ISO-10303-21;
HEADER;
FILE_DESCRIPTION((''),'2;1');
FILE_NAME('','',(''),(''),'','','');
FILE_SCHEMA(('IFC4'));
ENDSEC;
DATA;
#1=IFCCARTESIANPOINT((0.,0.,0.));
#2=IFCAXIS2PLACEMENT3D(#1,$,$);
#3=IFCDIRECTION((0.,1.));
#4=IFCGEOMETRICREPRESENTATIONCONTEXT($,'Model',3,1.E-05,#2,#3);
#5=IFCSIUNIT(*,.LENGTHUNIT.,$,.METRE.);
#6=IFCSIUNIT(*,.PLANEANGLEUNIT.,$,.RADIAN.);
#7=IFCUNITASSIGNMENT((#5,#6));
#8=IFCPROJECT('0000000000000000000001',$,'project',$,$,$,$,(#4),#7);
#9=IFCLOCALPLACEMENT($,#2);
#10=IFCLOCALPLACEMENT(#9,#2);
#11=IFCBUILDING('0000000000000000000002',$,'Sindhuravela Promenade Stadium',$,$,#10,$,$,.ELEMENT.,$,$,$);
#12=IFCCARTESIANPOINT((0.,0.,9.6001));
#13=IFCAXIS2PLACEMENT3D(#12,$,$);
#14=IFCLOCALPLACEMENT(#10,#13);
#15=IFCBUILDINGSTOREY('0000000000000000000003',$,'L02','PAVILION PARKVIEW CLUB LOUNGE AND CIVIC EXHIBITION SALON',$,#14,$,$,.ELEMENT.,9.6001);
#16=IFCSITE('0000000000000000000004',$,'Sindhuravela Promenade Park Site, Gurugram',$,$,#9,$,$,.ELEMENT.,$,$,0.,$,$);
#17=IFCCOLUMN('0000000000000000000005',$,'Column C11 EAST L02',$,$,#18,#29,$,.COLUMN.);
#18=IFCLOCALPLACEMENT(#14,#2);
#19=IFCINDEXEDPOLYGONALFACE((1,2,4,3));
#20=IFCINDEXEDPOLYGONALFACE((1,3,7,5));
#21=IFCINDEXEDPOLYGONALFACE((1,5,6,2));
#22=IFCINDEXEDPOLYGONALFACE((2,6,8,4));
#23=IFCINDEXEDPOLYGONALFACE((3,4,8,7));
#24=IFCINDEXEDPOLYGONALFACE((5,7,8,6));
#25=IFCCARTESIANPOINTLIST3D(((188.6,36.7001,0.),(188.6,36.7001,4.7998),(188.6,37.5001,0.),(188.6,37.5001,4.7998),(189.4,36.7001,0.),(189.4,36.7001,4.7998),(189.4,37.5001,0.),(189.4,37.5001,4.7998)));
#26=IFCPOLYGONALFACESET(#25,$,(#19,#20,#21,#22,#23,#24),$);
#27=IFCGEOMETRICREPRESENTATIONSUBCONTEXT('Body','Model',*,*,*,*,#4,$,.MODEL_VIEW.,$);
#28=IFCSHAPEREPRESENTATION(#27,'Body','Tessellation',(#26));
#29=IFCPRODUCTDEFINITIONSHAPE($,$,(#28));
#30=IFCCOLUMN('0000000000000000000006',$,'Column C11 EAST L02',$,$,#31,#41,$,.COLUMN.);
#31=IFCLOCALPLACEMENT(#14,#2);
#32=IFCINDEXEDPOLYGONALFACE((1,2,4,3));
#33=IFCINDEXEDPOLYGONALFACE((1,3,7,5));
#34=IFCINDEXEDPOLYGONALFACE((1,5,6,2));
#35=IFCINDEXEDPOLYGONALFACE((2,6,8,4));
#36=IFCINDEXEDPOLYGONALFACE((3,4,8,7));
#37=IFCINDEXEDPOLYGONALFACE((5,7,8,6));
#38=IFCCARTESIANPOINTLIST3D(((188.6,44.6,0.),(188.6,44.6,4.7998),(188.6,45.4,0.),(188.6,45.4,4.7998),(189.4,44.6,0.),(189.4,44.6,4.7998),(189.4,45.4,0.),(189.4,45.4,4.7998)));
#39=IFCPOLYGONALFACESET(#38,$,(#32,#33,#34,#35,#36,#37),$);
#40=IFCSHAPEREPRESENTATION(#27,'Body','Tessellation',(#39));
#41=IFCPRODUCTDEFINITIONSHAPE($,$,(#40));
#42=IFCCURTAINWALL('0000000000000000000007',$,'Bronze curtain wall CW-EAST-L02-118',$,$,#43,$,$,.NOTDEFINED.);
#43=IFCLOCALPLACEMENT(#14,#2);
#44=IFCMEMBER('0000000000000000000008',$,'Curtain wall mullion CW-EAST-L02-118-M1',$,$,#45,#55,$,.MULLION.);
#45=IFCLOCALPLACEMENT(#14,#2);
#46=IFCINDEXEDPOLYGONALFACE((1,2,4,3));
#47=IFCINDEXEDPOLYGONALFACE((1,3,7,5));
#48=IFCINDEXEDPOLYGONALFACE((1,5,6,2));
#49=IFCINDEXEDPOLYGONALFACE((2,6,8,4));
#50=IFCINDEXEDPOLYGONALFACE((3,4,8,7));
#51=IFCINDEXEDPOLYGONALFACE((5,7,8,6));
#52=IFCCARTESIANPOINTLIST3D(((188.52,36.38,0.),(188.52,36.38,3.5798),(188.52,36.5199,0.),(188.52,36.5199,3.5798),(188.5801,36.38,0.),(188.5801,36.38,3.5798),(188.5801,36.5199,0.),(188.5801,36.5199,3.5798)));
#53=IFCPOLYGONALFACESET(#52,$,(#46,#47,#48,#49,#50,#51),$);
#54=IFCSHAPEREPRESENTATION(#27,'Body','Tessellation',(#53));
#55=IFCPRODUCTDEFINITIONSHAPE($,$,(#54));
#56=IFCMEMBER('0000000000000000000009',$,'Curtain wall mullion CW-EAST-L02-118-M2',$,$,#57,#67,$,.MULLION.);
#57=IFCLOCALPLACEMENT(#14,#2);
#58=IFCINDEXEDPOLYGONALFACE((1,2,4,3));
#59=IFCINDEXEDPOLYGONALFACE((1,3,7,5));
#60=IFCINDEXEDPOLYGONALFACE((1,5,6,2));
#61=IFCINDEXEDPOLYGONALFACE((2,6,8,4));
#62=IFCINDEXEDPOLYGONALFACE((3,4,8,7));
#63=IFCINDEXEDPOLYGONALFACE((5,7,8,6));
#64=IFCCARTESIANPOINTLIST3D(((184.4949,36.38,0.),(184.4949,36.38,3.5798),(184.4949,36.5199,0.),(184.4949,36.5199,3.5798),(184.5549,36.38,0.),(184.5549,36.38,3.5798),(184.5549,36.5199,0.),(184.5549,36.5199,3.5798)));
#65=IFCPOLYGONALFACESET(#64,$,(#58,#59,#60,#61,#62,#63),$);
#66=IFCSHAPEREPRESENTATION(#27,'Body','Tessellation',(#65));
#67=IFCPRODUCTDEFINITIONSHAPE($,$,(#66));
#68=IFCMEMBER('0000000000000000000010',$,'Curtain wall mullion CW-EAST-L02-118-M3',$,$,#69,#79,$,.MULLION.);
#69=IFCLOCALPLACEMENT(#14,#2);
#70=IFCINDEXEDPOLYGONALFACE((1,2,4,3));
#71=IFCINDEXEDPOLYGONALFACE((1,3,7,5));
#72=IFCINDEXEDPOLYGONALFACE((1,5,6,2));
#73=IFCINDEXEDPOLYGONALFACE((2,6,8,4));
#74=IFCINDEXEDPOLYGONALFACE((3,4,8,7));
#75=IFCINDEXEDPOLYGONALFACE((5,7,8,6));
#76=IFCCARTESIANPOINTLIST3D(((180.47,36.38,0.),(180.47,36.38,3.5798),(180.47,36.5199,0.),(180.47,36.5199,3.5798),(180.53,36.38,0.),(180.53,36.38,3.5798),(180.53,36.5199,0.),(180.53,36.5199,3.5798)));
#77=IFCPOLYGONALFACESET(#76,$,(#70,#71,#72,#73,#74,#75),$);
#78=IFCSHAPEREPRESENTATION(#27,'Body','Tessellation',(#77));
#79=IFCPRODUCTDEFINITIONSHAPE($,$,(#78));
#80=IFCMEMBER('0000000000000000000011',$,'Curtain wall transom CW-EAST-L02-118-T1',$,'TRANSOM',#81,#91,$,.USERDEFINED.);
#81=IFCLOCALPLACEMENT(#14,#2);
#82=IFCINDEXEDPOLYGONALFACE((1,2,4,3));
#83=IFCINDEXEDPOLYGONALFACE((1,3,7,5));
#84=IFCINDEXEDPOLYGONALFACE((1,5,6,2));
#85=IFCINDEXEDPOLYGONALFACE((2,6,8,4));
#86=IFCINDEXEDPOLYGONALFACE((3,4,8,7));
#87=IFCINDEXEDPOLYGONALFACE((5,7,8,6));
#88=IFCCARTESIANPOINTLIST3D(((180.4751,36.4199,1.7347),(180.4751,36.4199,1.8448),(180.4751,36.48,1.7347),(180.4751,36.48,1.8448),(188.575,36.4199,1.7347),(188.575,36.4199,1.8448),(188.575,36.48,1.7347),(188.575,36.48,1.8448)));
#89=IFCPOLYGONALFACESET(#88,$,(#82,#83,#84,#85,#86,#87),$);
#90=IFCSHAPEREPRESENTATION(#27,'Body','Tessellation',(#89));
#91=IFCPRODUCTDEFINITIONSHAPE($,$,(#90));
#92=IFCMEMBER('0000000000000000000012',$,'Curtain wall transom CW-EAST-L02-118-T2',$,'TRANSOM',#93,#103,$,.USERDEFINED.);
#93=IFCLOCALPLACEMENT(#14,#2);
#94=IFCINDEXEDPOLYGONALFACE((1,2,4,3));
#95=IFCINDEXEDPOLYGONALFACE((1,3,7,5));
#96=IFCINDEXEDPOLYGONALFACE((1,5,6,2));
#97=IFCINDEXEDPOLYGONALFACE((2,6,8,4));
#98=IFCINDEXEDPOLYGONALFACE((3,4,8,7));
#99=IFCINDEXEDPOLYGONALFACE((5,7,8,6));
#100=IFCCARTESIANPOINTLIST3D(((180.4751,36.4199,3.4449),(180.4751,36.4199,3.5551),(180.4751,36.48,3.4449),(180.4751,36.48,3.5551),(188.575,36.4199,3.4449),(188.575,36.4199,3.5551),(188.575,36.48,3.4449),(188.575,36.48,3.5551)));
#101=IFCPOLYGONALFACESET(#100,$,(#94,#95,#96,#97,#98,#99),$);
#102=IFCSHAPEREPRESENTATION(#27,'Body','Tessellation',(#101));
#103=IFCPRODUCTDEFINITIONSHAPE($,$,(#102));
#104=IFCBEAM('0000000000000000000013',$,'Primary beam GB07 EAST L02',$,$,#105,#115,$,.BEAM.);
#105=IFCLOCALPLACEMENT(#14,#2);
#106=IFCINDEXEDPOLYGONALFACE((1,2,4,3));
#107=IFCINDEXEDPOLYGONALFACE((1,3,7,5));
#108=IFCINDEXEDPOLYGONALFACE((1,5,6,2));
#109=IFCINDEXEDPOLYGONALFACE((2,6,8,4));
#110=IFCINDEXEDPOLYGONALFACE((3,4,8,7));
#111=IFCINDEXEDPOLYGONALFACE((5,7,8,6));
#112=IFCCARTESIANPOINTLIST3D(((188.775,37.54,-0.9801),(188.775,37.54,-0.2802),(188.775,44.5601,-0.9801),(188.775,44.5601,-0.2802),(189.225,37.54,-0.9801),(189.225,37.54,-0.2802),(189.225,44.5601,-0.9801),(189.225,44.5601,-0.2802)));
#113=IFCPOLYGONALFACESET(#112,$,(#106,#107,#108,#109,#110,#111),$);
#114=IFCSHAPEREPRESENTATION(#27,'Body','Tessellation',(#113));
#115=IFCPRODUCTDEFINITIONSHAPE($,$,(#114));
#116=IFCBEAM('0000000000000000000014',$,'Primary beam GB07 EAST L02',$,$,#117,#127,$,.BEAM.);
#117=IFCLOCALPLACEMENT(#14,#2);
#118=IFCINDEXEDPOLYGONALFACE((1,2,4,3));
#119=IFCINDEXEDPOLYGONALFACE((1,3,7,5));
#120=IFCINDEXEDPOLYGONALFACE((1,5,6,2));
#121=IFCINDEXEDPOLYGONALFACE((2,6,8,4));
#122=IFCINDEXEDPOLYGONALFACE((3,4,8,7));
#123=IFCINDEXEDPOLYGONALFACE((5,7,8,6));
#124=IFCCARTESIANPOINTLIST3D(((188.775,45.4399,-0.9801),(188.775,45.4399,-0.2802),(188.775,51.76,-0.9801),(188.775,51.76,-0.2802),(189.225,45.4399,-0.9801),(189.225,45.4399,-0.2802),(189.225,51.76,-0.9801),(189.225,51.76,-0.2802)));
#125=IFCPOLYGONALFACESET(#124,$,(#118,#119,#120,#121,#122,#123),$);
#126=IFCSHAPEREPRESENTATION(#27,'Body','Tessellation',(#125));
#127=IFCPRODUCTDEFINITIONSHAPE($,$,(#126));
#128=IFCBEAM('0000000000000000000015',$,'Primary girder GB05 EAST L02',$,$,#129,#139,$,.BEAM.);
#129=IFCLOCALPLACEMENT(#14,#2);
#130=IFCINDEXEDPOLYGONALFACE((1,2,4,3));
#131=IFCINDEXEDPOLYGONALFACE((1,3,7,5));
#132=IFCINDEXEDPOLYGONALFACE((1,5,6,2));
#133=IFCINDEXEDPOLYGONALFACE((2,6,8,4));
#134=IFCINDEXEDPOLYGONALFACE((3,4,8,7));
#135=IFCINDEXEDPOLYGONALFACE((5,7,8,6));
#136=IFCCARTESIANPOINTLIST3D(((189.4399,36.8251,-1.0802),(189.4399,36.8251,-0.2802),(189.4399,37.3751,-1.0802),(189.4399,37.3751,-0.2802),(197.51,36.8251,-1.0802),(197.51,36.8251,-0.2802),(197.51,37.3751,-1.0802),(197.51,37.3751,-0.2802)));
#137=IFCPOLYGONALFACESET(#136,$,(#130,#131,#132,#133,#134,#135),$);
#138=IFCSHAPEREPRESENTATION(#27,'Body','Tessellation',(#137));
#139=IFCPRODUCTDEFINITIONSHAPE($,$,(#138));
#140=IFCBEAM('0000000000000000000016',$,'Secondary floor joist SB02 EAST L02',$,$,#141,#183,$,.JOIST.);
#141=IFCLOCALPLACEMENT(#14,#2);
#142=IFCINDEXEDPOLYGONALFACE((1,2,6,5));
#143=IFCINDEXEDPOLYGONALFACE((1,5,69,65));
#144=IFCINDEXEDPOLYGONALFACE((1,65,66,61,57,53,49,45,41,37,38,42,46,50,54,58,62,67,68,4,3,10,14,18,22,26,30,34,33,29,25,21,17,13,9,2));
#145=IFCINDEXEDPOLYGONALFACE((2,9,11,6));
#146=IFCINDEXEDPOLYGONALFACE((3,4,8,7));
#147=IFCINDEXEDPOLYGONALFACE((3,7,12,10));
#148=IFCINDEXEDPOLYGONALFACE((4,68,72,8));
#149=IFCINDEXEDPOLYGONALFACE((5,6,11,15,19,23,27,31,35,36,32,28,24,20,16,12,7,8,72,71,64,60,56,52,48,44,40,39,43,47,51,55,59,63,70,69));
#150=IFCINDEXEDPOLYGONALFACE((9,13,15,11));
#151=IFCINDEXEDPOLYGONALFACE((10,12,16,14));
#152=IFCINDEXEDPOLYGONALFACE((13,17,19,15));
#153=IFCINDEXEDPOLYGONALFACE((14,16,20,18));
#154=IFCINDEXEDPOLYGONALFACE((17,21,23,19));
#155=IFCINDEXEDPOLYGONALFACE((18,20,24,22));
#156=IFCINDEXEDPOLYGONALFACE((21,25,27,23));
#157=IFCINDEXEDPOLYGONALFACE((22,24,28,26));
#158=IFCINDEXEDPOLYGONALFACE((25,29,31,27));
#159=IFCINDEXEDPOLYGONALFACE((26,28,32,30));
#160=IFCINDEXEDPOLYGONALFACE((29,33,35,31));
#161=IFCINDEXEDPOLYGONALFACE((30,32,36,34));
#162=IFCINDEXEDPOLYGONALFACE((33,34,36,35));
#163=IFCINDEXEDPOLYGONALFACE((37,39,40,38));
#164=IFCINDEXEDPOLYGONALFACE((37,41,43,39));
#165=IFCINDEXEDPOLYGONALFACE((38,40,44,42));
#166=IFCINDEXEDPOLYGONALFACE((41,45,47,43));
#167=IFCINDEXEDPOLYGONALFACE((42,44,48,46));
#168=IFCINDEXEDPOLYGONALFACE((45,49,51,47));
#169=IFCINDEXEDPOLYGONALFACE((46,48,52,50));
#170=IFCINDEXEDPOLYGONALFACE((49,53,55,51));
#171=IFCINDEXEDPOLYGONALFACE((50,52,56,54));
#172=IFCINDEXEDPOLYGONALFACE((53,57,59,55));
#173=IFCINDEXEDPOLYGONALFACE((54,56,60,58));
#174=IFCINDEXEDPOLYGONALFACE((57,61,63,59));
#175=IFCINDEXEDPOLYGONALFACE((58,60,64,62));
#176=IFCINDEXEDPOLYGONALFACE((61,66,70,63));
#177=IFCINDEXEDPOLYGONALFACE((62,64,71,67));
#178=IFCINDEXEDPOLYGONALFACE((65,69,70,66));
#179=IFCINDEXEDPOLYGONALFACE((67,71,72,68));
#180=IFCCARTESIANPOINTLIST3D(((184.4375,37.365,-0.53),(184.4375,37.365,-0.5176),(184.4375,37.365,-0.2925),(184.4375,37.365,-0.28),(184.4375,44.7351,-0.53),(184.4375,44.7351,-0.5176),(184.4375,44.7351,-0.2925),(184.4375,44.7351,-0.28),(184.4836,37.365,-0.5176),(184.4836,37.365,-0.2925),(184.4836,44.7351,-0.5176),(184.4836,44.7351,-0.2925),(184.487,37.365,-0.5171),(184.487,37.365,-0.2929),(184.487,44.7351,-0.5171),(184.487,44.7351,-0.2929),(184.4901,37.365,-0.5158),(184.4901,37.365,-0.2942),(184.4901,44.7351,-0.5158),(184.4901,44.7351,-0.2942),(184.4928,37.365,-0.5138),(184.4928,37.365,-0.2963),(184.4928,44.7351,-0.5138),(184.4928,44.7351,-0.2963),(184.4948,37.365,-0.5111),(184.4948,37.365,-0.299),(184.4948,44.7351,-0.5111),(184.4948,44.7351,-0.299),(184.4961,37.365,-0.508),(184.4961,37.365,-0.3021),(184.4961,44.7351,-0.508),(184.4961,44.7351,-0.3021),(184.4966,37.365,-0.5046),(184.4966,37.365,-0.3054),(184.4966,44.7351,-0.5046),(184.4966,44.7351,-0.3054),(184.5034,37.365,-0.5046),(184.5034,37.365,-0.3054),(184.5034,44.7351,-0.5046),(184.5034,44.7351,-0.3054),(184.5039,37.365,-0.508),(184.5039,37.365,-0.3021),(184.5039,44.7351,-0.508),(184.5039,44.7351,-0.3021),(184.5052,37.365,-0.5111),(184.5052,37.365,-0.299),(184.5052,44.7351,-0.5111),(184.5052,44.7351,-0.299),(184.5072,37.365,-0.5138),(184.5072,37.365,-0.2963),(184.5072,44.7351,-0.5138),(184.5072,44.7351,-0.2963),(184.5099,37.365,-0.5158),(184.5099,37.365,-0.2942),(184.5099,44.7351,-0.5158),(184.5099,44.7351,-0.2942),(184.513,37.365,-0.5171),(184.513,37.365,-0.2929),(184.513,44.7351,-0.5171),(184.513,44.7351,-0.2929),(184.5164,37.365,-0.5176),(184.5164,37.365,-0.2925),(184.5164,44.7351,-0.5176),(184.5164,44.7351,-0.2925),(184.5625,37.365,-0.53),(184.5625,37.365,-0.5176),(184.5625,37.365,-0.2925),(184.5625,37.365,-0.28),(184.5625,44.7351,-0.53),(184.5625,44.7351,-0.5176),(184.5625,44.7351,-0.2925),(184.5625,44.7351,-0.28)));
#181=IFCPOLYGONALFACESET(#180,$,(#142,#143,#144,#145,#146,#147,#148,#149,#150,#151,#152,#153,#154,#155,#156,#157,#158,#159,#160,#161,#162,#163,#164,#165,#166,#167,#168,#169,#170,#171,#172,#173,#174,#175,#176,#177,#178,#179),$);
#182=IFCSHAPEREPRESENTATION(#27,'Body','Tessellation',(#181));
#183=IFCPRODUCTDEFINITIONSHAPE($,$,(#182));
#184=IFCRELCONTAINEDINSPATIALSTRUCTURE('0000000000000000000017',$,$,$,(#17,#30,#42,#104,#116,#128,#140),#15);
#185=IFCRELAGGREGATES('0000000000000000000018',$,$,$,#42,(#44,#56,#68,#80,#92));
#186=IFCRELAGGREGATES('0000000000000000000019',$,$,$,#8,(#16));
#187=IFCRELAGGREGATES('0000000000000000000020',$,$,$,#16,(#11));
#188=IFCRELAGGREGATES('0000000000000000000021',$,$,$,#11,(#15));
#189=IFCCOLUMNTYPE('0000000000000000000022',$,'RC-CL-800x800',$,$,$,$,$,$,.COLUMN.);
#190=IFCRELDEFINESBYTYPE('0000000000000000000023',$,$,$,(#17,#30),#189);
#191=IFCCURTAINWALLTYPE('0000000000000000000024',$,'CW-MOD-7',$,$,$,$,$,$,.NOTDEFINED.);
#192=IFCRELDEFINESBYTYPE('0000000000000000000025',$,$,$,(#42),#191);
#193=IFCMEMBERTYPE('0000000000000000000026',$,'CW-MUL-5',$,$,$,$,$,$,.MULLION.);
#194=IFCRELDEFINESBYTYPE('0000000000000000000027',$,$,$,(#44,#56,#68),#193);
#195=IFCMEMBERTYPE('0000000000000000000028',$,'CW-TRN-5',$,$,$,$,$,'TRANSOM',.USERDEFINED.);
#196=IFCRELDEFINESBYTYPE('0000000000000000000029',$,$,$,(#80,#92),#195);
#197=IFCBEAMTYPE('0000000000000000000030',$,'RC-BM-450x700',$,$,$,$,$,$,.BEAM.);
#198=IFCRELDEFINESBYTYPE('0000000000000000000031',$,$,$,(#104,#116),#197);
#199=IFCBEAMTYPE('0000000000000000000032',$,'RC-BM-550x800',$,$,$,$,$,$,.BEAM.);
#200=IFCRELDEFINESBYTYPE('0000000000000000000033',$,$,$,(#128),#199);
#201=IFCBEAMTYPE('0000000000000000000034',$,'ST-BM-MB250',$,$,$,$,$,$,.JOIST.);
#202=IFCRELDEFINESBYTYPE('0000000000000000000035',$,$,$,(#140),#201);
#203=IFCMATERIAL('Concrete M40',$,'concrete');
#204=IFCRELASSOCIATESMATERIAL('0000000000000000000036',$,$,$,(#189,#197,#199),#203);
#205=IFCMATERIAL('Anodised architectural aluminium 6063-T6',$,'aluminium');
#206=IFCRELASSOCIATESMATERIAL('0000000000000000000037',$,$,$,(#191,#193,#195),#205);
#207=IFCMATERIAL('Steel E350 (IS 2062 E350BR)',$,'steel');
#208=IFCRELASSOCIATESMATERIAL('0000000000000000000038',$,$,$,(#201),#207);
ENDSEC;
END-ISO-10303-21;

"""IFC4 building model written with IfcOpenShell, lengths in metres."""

from ifc_helpers import new_model, si_unit, direction, frame, origin, origin_2d, place, context, subcontext, project, spatial, rectangle, i_section, extrude, material, material_profile, profile_set, type_object, element, aggregate, save


model = new_model("IFC4")

# Units and contexts
model_context = context("Model", 3, precision=1e-05, world=origin(), true_north=direction((0.0, 1.0)))
body_context = subcontext(model_context, "Body", "Model", "MODEL_VIEW")
ifc_project = project(units=[si_unit("LENGTHUNIT", "METRE"), si_unit("PLANEANGLEUNIT", "RADIAN")], contexts=[model_context])

# Site, building, storey
site_placement = place(None, origin())
site = spatial("IfcSite", under=ifc_project, at=site_placement, Name="Sindhuravela Promenade Park Site, Gurugram", CompositionType="ELEMENT", RefElevation=0.0)
building_placement = place(site_placement, origin())
building = spatial("IfcBuilding", under=site, at=building_placement, Name="Sindhuravela Promenade Stadium", CompositionType="ELEMENT")
storey_placement = place(building_placement, frame((0.0, 0.0, 9.6001)))
storey = spatial("IfcBuildingStorey", under=building, at=storey_placement, Name="L02", Description="PAVILION PARKVIEW CLUB LOUNGE AND CIVIC EXHIBITION SALON", CompositionType="ELEMENT", Elevation=9.6001)

# Columns
ifc_material_1 = material(Name="Concrete M40", Category="concrete")
ifc_material_profile_1 = material_profile(ifc_material_1, rectangle(XDim=0.8, YDim=0.8, at=origin_2d()), Name="RC 800x800")
ifc_profile_set_1 = profile_set([ifc_material_profile_1], Name="Concrete M40")
column_type = type_object("IfcColumnType", Name="RC-CL-800x800", PredefinedType="COLUMN", material=ifc_profile_set_1)
for number, where, z_axis, x_axis, name in (
    (1, (189.0, 37.1001, 0.0), (0.0, 0.0, 1.0), (1.0, 0.0, 0.0), "Column C11 EAST L02"),
    (2, (189.0, 45.0, 0.0), (0.0, 0.0, 1.0), (1.0, 0.0, 0.0), "Column C11 EAST L02"),
):
    element("IfcColumn", number, at=place(storey_placement, frame(where, z_axis=z_axis, x_axis=x_axis)), inside=storey, type_object=column_type, Name=name, PredefinedType="COLUMN", context=body_context, shape_type="SweptSolid", body=[
        extrude(rectangle(XDim=0.8, YDim=0.8, at=origin_2d()), origin(), (0.0, 0.0, 1.0), 4.7998),
    ])

# Curtain wall, members
ifc_material_2 = material(Name="Anodised architectural aluminium 6063-T6", Category="aluminium")
curtain_wall_type = type_object("IfcCurtainWallType", Name="CW-MOD-7", PredefinedType="NOTDEFINED", material=ifc_material_2)
curtain_wall_placement = place(storey_placement, origin())
curtain_wall = element("IfcCurtainWall", 3, at=curtain_wall_placement, inside=storey, type_object=curtain_wall_type, Name="Bronze curtain wall CW-EAST-L02-118", PredefinedType="NOTDEFINED")
ifc_material_profile_2 = material_profile(ifc_material_2, rectangle(XDim=0.0601, YDim=0.1399, at=origin_2d()), Name="ALU M60x140")
ifc_profile_set_2 = profile_set([ifc_material_profile_2], Name="Anodised architectural aluminium 6063-T6")
member_type_1 = type_object("IfcMemberType", Name="CW-MUL-5", PredefinedType="MULLION", material=ifc_profile_set_2)
member_1_placement = place(storey_placement, frame((188.55, 36.45, 0.0), z_axis=(0.0, 0.0, 1.0), x_axis=(1.0, 0.0, 0.0)))
member_1 = element("IfcMember", 4, at=member_1_placement, type_object=member_type_1, Name="Curtain wall mullion CW-EAST-L02-118-M1", PredefinedType="MULLION", context=body_context, shape_type="SweptSolid", body=[
    extrude(rectangle(XDim=0.0601, YDim=0.1399, at=origin_2d()), origin(), (0.0, 0.0, 1.0), 3.5798),
])
member_2_placement = place(storey_placement, frame((184.5249, 36.45, 0.0), z_axis=(0.0, 0.0, 1.0), x_axis=(1.0, 0.0, 0.0)))
member_2 = element("IfcMember", 5, at=member_2_placement, type_object=member_type_1, Name="Curtain wall mullion CW-EAST-L02-118-M2", PredefinedType="MULLION", context=body_context, shape_type="SweptSolid", body=[
    extrude(rectangle(XDim=0.0601, YDim=0.1399, at=origin_2d()), origin(), (0.0, 0.0, 1.0), 3.5798),
])
member_3_placement = place(storey_placement, frame((180.5, 36.45, 0.0), z_axis=(0.0, 0.0, 1.0), x_axis=(1.0, 0.0, 0.0)))
member_3 = element("IfcMember", 6, at=member_3_placement, type_object=member_type_1, Name="Curtain wall mullion CW-EAST-L02-118-M3", PredefinedType="MULLION", context=body_context, shape_type="SweptSolid", body=[
    extrude(rectangle(XDim=0.0601, YDim=0.1399, at=origin_2d()), origin(), (0.0, 0.0, 1.0), 3.5798),
])
ifc_material_profile_3 = material_profile(ifc_material_2, rectangle(XDim=0.0601, YDim=0.1101, at=origin_2d()), Name="ALU T60x110")
ifc_profile_set_3 = profile_set([ifc_material_profile_3], Name="Anodised architectural aluminium 6063-T6")
member_type_2 = type_object("IfcMemberType", Name="CW-TRN-5", ElementType="TRANSOM", PredefinedType="USERDEFINED", material=ifc_profile_set_3)
member_4_placement = place(storey_placement, frame((188.575, 36.45, 1.7898), z_axis=(-1.0, 0.0, 0.0), x_axis=(0.0, -1.0, 0.0)))
member_4 = element("IfcMember", 7, at=member_4_placement, type_object=member_type_2, Name="Curtain wall transom CW-EAST-L02-118-T1", ObjectType="TRANSOM", PredefinedType="USERDEFINED", context=body_context, shape_type="SweptSolid", body=[
    extrude(rectangle(XDim=0.0601, YDim=0.1101, at=origin_2d()), origin(), (0.0, 0.0, 1.0), 8.0999),
])
member_5_placement = place(storey_placement, frame((188.575, 36.45, 3.5), z_axis=(-1.0, 0.0, 0.0), x_axis=(0.0, -1.0, 0.0)))
member_5 = element("IfcMember", 8, at=member_5_placement, type_object=member_type_2, Name="Curtain wall transom CW-EAST-L02-118-T2", ObjectType="TRANSOM", PredefinedType="USERDEFINED", context=body_context, shape_type="SweptSolid", body=[
    extrude(rectangle(XDim=0.0601, YDim=0.1101, at=origin_2d()), origin(), (0.0, 0.0, 1.0), 8.0999),
])

# Beams
ifc_material_profile_4 = material_profile(ifc_material_1, rectangle(XDim=0.45, YDim=0.7, at=origin_2d()), Name="RC 450x700")
ifc_profile_set_4 = profile_set([ifc_material_profile_4], Name="Concrete M40")
beam_type_1 = type_object("IfcBeamType", Name="RC-BM-450x700", PredefinedType="BEAM", material=ifc_profile_set_4)
beam_1_placement = place(storey_placement, frame((189.0, 37.54, -0.6301), z_axis=(0.0, 1.0, 0.0), x_axis=(-1.0, 0.0, 0.0)))
element("IfcBeam", 9, at=beam_1_placement, inside=storey, type_object=beam_type_1, Name="Primary beam GB07 EAST L02", PredefinedType="BEAM", context=body_context, shape_type="SweptSolid", body=[
    extrude(rectangle(XDim=0.45, YDim=0.7, at=origin_2d()), origin(), (0.0, 0.0, 1.0), 7.02),
])
beam_2_placement = place(storey_placement, frame((189.0, 45.4399, -0.6301), z_axis=(0.0, 1.0, 0.0), x_axis=(-1.0, 0.0, 0.0)))
element("IfcBeam", 10, at=beam_2_placement, inside=storey, type_object=beam_type_1, Name="Primary beam GB07 EAST L02", PredefinedType="BEAM", context=body_context, shape_type="SweptSolid", body=[
    extrude(rectangle(XDim=0.45, YDim=0.7, at=origin_2d()), origin(), (0.0, 0.0, 1.0), 6.3201),
])
ifc_material_profile_5 = material_profile(ifc_material_1, rectangle(XDim=0.55, YDim=0.8, at=origin_2d()), Name="RC 550x800")
ifc_profile_set_5 = profile_set([ifc_material_profile_5], Name="Concrete M40")
beam_type_2 = type_object("IfcBeamType", Name="RC-BM-550x800", PredefinedType="BEAM", material=ifc_profile_set_5)
beam_3_placement = place(storey_placement, frame((189.4399, 37.1001, -0.6802), z_axis=(1.0, 0.0, 0.0), x_axis=(0.0, 1.0, 0.0)))
element("IfcBeam", 11, at=beam_3_placement, inside=storey, type_object=beam_type_2, Name="Primary girder GB05 EAST L02", PredefinedType="BEAM", context=body_context, shape_type="SweptSolid", body=[
    extrude(rectangle(XDim=0.55, YDim=0.8, at=origin_2d()), origin(), (0.0, 0.0, 1.0), 8.0701),
])
ifc_material_3 = material(Name="Steel E350 (IS 2062 E350BR)", Category="steel")
ifc_material_profile_6 = material_profile(ifc_material_3, i_section(OverallWidth=0.125, OverallDepth=0.25, WebThickness=0.0068, FlangeThickness=0.0125, FilletRadius=0.0129, at=origin_2d()), Name="ISMB 250")
ifc_profile_set_6 = profile_set([ifc_material_profile_6], Name="Steel E350 (IS 2062 E350BR)")
beam_type_3 = type_object("IfcBeamType", Name="ST-BM-MB250", PredefinedType="JOIST", material=ifc_profile_set_6)
beam_4_placement = place(storey_placement, frame((184.5, 37.365, -0.405), z_axis=(0.0, 1.0, 0.0), x_axis=(-1.0, 0.0, 0.0)))
element("IfcBeam", 12, at=beam_4_placement, inside=storey, type_object=beam_type_3, Name="Secondary floor joist SB02 EAST L02", PredefinedType="JOIST", context=body_context, shape_type="SweptSolid", body=[
    extrude(i_section(OverallWidth=0.125, OverallDepth=0.25, WebThickness=0.0068, FlangeThickness=0.0125, FilletRadius=0.0129, at=origin_2d()), origin(), (0.0, 0.0, 1.0), 7.3701),
])

aggregate(curtain_wall, [member_1, member_2, member_3, member_4, member_5])

save(model, "model.ifc")
